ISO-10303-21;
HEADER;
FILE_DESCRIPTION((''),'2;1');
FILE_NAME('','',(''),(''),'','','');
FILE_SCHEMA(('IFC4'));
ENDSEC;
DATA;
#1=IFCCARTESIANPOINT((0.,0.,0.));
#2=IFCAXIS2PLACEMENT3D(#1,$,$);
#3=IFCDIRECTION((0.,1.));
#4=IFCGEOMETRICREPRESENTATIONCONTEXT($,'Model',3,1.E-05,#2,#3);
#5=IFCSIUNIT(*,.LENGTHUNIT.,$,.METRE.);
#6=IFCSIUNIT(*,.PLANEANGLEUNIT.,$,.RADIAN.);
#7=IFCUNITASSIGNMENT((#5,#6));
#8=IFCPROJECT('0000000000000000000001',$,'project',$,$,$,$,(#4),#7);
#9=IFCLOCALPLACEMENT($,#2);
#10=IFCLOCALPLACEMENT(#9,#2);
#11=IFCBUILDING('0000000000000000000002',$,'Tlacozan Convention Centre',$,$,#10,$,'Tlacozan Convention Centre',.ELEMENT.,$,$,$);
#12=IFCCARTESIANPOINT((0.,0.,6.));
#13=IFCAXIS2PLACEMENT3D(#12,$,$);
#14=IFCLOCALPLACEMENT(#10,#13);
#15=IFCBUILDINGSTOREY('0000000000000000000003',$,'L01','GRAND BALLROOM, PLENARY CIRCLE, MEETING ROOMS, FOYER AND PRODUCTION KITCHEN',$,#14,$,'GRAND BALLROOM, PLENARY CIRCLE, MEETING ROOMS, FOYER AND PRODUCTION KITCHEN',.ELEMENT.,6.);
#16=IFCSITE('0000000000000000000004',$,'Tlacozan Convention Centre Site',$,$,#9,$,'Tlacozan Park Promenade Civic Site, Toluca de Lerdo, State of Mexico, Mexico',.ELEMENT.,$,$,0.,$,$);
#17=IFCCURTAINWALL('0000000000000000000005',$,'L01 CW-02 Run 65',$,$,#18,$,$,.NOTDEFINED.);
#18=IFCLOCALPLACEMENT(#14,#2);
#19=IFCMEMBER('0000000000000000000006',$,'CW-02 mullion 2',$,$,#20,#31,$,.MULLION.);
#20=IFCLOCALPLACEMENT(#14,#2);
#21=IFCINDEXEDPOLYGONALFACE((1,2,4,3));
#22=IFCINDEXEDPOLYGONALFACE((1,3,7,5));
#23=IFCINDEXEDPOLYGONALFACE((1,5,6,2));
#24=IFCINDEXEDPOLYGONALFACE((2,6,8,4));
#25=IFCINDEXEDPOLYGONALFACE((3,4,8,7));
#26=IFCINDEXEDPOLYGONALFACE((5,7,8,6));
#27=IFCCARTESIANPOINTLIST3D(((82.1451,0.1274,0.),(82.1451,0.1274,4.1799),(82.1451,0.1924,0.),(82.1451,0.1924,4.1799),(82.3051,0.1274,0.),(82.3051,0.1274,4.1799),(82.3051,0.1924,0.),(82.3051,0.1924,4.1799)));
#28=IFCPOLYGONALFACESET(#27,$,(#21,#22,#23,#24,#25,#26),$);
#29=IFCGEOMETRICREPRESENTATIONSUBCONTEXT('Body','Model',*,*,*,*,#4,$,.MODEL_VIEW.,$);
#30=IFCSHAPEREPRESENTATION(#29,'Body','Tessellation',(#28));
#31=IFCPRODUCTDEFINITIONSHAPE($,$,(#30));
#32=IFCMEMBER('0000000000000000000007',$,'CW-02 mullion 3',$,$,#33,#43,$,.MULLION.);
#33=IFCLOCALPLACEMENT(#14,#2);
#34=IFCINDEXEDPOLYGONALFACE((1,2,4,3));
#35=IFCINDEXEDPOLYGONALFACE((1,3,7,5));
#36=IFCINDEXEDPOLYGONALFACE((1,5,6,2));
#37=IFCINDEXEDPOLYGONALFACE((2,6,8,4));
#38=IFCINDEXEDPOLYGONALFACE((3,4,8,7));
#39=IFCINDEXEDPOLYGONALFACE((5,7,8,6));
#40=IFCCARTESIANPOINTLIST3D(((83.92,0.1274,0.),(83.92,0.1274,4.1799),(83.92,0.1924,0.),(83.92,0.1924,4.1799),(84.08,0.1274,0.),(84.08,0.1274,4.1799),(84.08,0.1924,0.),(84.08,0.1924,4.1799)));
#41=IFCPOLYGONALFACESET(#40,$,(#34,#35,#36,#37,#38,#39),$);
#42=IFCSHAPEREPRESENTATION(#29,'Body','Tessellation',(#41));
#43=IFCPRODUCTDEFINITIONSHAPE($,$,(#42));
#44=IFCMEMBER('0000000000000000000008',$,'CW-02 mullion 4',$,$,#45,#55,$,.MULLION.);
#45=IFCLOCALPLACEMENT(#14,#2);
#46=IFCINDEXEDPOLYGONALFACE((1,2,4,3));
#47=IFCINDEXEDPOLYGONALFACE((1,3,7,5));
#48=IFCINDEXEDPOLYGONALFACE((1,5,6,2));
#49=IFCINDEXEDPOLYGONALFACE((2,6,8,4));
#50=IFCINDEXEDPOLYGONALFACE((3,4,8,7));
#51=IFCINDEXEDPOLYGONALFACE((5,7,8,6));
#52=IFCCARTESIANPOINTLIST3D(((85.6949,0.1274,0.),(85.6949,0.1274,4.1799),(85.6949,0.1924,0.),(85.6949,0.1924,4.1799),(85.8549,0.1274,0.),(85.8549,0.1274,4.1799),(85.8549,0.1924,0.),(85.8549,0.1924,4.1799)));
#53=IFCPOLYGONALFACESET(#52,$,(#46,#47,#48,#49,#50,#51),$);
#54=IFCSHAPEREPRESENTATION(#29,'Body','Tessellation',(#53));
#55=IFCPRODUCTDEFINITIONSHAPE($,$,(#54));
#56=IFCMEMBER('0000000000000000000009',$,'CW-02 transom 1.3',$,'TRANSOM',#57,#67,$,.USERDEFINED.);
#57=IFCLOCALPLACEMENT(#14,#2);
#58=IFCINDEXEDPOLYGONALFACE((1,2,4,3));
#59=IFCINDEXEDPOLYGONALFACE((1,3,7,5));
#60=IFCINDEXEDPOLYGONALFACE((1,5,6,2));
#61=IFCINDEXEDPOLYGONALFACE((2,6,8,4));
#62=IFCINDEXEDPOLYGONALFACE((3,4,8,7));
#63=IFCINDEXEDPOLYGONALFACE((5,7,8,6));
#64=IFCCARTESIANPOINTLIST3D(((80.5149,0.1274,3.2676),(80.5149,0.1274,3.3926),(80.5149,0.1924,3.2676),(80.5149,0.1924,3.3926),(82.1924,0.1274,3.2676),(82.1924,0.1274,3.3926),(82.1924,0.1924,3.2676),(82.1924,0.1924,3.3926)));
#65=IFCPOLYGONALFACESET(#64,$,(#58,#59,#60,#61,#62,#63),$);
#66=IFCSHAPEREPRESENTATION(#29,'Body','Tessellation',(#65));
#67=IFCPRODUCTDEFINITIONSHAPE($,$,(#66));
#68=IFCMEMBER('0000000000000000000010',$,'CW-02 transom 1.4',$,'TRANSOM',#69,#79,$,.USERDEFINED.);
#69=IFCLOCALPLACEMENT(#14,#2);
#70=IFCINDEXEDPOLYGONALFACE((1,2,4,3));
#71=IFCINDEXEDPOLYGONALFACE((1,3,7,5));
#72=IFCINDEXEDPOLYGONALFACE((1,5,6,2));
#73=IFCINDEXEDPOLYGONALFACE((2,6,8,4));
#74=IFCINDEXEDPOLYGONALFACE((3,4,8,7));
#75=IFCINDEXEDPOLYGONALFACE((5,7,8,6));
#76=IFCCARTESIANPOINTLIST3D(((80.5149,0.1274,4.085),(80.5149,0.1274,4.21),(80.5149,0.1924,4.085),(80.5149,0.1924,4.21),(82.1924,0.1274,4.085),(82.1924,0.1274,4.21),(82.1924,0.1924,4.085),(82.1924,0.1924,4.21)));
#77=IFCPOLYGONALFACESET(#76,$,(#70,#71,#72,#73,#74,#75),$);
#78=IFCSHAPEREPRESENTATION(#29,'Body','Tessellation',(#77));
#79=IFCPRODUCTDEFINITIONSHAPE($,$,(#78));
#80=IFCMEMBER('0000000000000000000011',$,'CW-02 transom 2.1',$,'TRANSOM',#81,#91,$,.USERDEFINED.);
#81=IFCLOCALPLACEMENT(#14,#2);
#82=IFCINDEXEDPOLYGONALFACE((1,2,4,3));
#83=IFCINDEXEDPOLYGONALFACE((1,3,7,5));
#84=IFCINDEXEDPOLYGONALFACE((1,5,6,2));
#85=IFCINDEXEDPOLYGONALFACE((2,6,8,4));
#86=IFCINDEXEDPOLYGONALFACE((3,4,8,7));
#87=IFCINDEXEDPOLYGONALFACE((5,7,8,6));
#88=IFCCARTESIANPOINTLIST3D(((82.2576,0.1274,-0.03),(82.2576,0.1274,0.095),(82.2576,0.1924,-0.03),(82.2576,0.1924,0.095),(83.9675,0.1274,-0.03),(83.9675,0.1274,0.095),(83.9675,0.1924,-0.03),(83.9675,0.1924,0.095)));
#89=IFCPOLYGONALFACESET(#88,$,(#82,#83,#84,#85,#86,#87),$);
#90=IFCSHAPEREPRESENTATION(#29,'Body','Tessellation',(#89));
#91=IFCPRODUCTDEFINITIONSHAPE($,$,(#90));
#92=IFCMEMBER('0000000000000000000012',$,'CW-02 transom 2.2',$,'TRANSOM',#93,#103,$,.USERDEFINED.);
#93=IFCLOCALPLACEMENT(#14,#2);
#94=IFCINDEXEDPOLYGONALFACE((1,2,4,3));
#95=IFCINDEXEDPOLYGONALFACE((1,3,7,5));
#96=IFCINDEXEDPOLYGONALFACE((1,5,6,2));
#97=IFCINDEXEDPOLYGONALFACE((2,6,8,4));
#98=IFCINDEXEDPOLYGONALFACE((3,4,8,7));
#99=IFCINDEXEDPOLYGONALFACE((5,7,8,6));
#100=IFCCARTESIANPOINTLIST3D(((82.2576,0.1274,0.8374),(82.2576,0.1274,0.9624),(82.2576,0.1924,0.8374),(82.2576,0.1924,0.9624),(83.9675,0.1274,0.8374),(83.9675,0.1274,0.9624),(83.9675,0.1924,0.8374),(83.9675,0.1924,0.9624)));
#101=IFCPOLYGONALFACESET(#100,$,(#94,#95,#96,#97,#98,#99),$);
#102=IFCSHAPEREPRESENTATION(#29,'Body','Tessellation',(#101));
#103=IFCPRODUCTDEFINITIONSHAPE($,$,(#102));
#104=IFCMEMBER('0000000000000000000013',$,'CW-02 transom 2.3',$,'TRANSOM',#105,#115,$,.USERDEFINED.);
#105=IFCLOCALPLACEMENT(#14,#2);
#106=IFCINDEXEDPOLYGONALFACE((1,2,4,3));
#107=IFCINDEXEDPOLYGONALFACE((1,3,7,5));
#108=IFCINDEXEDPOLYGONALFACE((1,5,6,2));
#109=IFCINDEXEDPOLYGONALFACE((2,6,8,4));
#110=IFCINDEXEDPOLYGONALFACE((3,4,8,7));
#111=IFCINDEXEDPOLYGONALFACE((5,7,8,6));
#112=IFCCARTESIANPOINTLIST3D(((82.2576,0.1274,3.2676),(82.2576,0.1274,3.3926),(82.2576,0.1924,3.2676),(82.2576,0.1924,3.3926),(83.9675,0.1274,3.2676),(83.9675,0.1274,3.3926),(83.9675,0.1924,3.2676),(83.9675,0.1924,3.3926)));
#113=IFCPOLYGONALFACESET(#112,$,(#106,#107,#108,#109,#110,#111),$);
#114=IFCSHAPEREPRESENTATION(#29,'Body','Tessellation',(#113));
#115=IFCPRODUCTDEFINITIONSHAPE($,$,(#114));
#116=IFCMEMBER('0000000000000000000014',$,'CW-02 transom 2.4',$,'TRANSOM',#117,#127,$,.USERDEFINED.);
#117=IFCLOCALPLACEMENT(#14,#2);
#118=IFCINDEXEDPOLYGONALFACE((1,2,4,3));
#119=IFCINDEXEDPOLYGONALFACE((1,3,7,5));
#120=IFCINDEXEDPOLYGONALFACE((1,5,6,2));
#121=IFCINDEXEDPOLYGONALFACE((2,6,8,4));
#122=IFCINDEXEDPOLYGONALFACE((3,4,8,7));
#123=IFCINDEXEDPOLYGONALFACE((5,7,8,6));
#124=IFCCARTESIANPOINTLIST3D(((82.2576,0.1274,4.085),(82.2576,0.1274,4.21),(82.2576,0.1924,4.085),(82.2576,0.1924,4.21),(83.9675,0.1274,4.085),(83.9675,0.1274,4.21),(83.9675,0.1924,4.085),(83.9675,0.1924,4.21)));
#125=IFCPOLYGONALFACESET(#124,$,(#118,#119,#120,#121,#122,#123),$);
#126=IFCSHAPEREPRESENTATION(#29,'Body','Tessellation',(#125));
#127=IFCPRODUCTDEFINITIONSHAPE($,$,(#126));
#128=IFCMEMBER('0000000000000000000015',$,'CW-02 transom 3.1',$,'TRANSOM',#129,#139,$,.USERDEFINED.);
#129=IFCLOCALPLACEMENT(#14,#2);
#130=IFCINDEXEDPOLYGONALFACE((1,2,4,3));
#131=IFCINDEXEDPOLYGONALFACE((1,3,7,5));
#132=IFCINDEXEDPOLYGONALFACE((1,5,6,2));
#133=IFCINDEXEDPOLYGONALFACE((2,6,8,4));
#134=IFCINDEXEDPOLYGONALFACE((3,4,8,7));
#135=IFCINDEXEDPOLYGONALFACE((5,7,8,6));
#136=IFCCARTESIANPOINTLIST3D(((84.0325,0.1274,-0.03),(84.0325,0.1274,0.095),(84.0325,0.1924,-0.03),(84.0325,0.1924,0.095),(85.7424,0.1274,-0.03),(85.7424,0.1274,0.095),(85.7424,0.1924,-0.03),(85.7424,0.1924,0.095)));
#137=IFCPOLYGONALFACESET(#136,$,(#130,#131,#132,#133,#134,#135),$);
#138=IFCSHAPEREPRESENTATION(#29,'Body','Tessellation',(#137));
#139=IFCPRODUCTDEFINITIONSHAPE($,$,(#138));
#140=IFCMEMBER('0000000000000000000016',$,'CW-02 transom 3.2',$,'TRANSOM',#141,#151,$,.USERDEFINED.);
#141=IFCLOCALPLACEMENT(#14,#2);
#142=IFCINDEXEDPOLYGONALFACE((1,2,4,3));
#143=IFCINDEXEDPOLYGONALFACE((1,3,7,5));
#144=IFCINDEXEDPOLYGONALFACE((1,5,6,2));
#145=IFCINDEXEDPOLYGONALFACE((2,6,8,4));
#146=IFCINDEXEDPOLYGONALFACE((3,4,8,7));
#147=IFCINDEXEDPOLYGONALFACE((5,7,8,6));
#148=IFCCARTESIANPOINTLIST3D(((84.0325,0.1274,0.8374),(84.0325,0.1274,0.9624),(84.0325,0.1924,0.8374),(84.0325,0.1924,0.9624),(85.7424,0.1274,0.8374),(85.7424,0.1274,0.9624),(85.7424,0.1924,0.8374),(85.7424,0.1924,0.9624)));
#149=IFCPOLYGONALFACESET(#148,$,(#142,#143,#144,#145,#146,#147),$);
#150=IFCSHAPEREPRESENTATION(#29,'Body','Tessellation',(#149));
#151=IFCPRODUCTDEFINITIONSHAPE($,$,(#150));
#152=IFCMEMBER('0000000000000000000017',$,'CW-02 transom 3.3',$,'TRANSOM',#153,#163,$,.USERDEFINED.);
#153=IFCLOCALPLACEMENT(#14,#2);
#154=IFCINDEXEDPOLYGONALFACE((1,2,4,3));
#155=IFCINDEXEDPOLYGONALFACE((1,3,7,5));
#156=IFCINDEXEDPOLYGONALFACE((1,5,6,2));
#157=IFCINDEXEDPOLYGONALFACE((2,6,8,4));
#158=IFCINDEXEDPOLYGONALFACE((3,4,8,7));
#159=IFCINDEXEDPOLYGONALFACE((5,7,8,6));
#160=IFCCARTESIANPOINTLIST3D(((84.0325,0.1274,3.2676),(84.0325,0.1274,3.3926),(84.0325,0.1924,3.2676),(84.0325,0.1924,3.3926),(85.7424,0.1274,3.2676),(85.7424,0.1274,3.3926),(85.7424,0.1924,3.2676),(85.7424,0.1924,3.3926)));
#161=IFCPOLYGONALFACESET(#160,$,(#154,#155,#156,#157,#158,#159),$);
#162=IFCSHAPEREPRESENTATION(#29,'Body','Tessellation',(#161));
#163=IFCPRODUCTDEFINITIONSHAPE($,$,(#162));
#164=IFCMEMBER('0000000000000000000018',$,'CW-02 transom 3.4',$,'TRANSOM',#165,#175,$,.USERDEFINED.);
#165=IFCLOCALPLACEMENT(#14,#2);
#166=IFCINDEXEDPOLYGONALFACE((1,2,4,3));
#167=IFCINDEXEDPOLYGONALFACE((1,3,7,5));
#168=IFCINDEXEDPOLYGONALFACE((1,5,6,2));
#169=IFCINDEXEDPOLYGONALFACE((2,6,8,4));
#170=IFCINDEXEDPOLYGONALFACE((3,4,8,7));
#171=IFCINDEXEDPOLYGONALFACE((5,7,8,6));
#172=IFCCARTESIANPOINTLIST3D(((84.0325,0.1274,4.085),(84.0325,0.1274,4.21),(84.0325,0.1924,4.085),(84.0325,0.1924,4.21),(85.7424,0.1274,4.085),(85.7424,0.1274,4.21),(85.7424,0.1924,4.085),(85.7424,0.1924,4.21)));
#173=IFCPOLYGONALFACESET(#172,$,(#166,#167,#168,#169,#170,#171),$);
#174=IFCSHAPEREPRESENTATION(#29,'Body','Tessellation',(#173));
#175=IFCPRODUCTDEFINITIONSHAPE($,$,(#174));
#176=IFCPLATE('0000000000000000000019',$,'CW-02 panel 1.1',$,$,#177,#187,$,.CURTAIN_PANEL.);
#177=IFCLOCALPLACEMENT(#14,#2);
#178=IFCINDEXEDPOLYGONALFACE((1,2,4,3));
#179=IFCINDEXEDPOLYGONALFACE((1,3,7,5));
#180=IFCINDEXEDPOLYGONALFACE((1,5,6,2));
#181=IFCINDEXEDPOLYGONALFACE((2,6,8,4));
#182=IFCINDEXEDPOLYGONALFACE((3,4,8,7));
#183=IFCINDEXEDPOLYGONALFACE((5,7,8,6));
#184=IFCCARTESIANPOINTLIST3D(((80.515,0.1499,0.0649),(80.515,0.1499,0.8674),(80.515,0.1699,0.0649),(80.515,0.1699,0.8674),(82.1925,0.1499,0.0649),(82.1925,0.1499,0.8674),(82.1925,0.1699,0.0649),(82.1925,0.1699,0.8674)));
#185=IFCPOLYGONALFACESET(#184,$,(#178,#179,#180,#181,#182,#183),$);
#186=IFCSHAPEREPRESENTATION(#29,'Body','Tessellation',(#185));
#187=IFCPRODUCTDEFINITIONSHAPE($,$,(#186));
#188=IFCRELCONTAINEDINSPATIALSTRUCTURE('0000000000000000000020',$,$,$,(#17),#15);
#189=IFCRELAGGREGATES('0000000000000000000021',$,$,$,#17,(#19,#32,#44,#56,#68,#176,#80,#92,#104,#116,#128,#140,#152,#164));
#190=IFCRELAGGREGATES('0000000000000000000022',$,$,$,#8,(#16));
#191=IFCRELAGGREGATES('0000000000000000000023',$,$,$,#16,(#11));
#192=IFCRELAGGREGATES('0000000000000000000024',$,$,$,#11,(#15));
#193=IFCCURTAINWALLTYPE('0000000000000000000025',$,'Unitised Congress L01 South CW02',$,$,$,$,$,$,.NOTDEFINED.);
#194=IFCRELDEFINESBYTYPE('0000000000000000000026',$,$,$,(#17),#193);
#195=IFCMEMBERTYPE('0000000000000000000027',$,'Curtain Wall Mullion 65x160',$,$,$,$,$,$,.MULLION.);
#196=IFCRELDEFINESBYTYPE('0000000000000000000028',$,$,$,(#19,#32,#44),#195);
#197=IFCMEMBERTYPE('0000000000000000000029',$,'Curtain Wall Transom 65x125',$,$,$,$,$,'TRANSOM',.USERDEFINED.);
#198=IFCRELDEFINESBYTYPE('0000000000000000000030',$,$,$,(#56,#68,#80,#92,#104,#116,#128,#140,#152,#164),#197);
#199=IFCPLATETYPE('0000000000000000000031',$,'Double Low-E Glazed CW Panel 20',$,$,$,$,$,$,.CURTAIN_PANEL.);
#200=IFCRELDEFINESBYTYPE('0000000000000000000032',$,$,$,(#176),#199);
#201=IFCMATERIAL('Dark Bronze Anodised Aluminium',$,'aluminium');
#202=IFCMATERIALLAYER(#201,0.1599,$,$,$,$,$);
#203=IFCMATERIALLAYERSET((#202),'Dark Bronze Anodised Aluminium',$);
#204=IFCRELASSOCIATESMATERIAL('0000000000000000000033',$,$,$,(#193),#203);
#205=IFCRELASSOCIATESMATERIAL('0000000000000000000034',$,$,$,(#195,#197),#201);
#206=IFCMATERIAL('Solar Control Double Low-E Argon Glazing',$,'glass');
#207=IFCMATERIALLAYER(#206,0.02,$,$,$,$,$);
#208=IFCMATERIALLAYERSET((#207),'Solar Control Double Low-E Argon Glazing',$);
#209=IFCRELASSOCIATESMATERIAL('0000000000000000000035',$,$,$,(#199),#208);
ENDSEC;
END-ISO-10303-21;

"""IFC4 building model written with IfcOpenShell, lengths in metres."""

from ifc_helpers import new_model, si_unit, direction, frame, origin, origin_2d, place, context, subcontext, project, spatial, rectangle, extrude, material, layer, layer_set, material_profile, profile_set, type_object, element, aggregate, save


model = new_model("IFC4")

# Units and contexts
model_context = context("Model", 3, precision=1e-05, world=origin(), true_north=direction((0.0, 1.0)))
body_context = subcontext(model_context, "Body", "Model", "MODEL_VIEW")
ifc_project = project(units=[si_unit("LENGTHUNIT", "METRE"), si_unit("PLANEANGLEUNIT", "RADIAN")], contexts=[model_context])

# Site, building, storey
site_placement = place(None, origin())
site = spatial("IfcSite", under=ifc_project, at=site_placement, Name="Tlacozan Convention Centre Site", LongName="Tlacozan Park Promenade Civic Site, Toluca de Lerdo, State of Mexico, Mexico", CompositionType="ELEMENT", RefElevation=0.0)
building_placement = place(site_placement, origin())
building = spatial("IfcBuilding", under=site, at=building_placement, Name="Tlacozan Convention Centre", LongName="Tlacozan Convention Centre", CompositionType="ELEMENT")
storey_placement = place(building_placement, frame((0.0, 0.0, 6.0)))
storey = spatial("IfcBuildingStorey", under=building, at=storey_placement, Name="L01", Description="GRAND BALLROOM, PLENARY CIRCLE, MEETING ROOMS, FOYER AND PRODUCTION KITCHEN", LongName="GRAND BALLROOM, PLENARY CIRCLE, MEETING ROOMS, FOYER AND PRODUCTION KITCHEN", CompositionType="ELEMENT", Elevation=6.0)

# Curtain wall, members, plate
ifc_material_1 = material(Name="Dark Bronze Anodised Aluminium", Category="aluminium")
ifc_layer_1 = layer(ifc_material_1, 0.1599)
ifc_layer_set_1 = layer_set([ifc_layer_1], Name="Dark Bronze Anodised Aluminium")
curtain_wall_type = type_object("IfcCurtainWallType", Name="Unitised Congress L01 South CW02", PredefinedType="NOTDEFINED", material=ifc_layer_set_1)
curtain_wall_placement = place(storey_placement, origin())
curtain_wall = element("IfcCurtainWall", 1, at=curtain_wall_placement, inside=storey, type_object=curtain_wall_type, Name="L01 CW-02 Run 65", PredefinedType="NOTDEFINED")
ifc_material_profile_1 = material_profile(ifc_material_1, rectangle(XDim=0.0649, YDim=0.1599, at=origin_2d()), Name="ALU 65x160")
ifc_profile_set_1 = profile_set([ifc_material_profile_1], Name="Dark Bronze Anodised Aluminium")
member_type_1 = type_object("IfcMemberType", Name="Curtain Wall Mullion 65x160", PredefinedType="MULLION", material=ifc_profile_set_1)
member_1_placement = place(storey_placement, frame((82.2251, 0.1599, 0.0), z_axis=(0.0, 0.0, 1.0), x_axis=(0.0, 1.0, 0.0)))
member_1 = element("IfcMember", 2, at=member_1_placement, type_object=member_type_1, Name="CW-02 mullion 2", PredefinedType="MULLION", context=body_context, shape_type="SweptSolid", body=[
    extrude(rectangle(XDim=0.0649, YDim=0.1599, at=origin_2d()), origin(), (0.0, 0.0, 1.0), 4.1799),
])
member_2_placement = place(storey_placement, frame((84.0, 0.1599, 0.0), z_axis=(0.0, 0.0, 1.0), x_axis=(0.0, 1.0, 0.0)))
member_2 = element("IfcMember", 3, at=member_2_placement, type_object=member_type_1, Name="CW-02 mullion 3", PredefinedType="MULLION", context=body_context, shape_type="SweptSolid", body=[
    extrude(rectangle(XDim=0.0649, YDim=0.1599, at=origin_2d()), origin(), (0.0, 0.0, 1.0), 4.1799),
])
member_3_placement = place(storey_placement, frame((85.7749, 0.1599, 0.0), z_axis=(0.0, 0.0, 1.0), x_axis=(0.0, 1.0, 0.0)))
member_3 = element("IfcMember", 4, at=member_3_placement, type_object=member_type_1, Name="CW-02 mullion 4", PredefinedType="MULLION", context=body_context, shape_type="SweptSolid", body=[
    extrude(rectangle(XDim=0.0649, YDim=0.1599, at=origin_2d()), origin(), (0.0, 0.0, 1.0), 4.1799),
])
ifc_material_profile_2 = material_profile(ifc_material_1, rectangle(XDim=0.0649, YDim=0.125, at=origin_2d()), Name="ALU 65x125")
ifc_profile_set_2 = profile_set([ifc_material_profile_2], Name="Dark Bronze Anodised Aluminium")
member_type_2 = type_object("IfcMemberType", Name="Curtain Wall Transom 65x125", ElementType="TRANSOM", PredefinedType="USERDEFINED", material=ifc_profile_set_2)
member_4_placement = place(storey_placement, frame((80.5149, 0.1599, 3.3301), z_axis=(1.0, 0.0, 0.0), x_axis=(0.0, 1.0, 0.0)))
member_4 = element("IfcMember", 5, at=member_4_placement, type_object=member_type_2, Name="CW-02 transom 1.3", ObjectType="TRANSOM", PredefinedType="USERDEFINED", context=body_context, shape_type="SweptSolid", body=[
    extrude(rectangle(XDim=0.0649, YDim=0.125, at=origin_2d()), origin(), (0.0, 0.0, 1.0), 1.6775),
])
member_5_placement = place(storey_placement, frame((80.5149, 0.1599, 4.1475), z_axis=(1.0, 0.0, 0.0), x_axis=(0.0, 1.0, 0.0)))
member_5 = element("IfcMember", 6, at=member_5_placement, type_object=member_type_2, Name="CW-02 transom 1.4", ObjectType="TRANSOM", PredefinedType="USERDEFINED", context=body_context, shape_type="SweptSolid", body=[
    extrude(rectangle(XDim=0.0649, YDim=0.125, at=origin_2d()), origin(), (0.0, 0.0, 1.0), 1.6775),
])
member_6_placement = place(storey_placement, frame((82.2576, 0.1599, 0.0325), z_axis=(1.0, 0.0, 0.0), x_axis=(0.0, 1.0, 0.0)))
member_6 = element("IfcMember", 7, at=member_6_placement, type_object=member_type_2, Name="CW-02 transom 2.1", ObjectType="TRANSOM", PredefinedType="USERDEFINED", context=body_context, shape_type="SweptSolid", body=[
    extrude(rectangle(XDim=0.0649, YDim=0.125, at=origin_2d()), origin(), (0.0, 0.0, 1.0), 1.71),
])
member_7_placement = place(storey_placement, frame((82.2576, 0.1599, 0.8999), z_axis=(1.0, 0.0, 0.0), x_axis=(0.0, 1.0, 0.0)))
member_7 = element("IfcMember", 8, at=member_7_placement, type_object=member_type_2, Name="CW-02 transom 2.2", ObjectType="TRANSOM", PredefinedType="USERDEFINED", context=body_context, shape_type="SweptSolid", body=[
    extrude(rectangle(XDim=0.0649, YDim=0.125, at=origin_2d()), origin(), (0.0, 0.0, 1.0), 1.71),
])
member_8_placement = place(storey_placement, frame((82.2576, 0.1599, 3.3301), z_axis=(1.0, 0.0, 0.0), x_axis=(0.0, 1.0, 0.0)))
member_8 = element("IfcMember", 9, at=member_8_placement, type_object=member_type_2, Name="CW-02 transom 2.3", ObjectType="TRANSOM", PredefinedType="USERDEFINED", context=body_context, shape_type="SweptSolid", body=[
    extrude(rectangle(XDim=0.0649, YDim=0.125, at=origin_2d()), origin(), (0.0, 0.0, 1.0), 1.71),
])
member_9_placement = place(storey_placement, frame((82.2576, 0.1599, 4.1475), z_axis=(1.0, 0.0, 0.0), x_axis=(0.0, 1.0, 0.0)))
member_9 = element("IfcMember", 10, at=member_9_placement, type_object=member_type_2, Name="CW-02 transom 2.4", ObjectType="TRANSOM", PredefinedType="USERDEFINED", context=body_context, shape_type="SweptSolid", body=[
    extrude(rectangle(XDim=0.0649, YDim=0.125, at=origin_2d()), origin(), (0.0, 0.0, 1.0), 1.71),
])
member_10_placement = place(storey_placement, frame((84.0325, 0.1599, 0.0325), z_axis=(1.0, 0.0, 0.0), x_axis=(0.0, 1.0, 0.0)))
member_10 = element("IfcMember", 11, at=member_10_placement, type_object=member_type_2, Name="CW-02 transom 3.1", ObjectType="TRANSOM", PredefinedType="USERDEFINED", context=body_context, shape_type="SweptSolid", body=[
    extrude(rectangle(XDim=0.0649, YDim=0.125, at=origin_2d()), origin(), (0.0, 0.0, 1.0), 1.71),
])
member_11_placement = place(storey_placement, frame((84.0325, 0.1599, 0.8999), z_axis=(1.0, 0.0, 0.0), x_axis=(0.0, 1.0, 0.0)))
member_11 = element("IfcMember", 12, at=member_11_placement, type_object=member_type_2, Name="CW-02 transom 3.2", ObjectType="TRANSOM", PredefinedType="USERDEFINED", context=body_context, shape_type="SweptSolid", body=[
    extrude(rectangle(XDim=0.0649, YDim=0.125, at=origin_2d()), origin(), (0.0, 0.0, 1.0), 1.71),
])
member_12_placement = place(storey_placement, frame((84.0325, 0.1599, 3.3301), z_axis=(1.0, 0.0, 0.0), x_axis=(0.0, 1.0, 0.0)))
member_12 = element("IfcMember", 13, at=member_12_placement, type_object=member_type_2, Name="CW-02 transom 3.3", ObjectType="TRANSOM", PredefinedType="USERDEFINED", context=body_context, shape_type="SweptSolid", body=[
    extrude(rectangle(XDim=0.0649, YDim=0.125, at=origin_2d()), origin(), (0.0, 0.0, 1.0), 1.71),
])
member_13_placement = place(storey_placement, frame((84.0325, 0.1599, 4.1475), z_axis=(1.0, 0.0, 0.0), x_axis=(0.0, 1.0, 0.0)))
member_13 = element("IfcMember", 14, at=member_13_placement, type_object=member_type_2, Name="CW-02 transom 3.4", ObjectType="TRANSOM", PredefinedType="USERDEFINED", context=body_context, shape_type="SweptSolid", body=[
    extrude(rectangle(XDim=0.0649, YDim=0.125, at=origin_2d()), origin(), (0.0, 0.0, 1.0), 1.71),
])
ifc_material_2 = material(Name="Solar Control Double Low-E Argon Glazing", Category="glass")
ifc_layer_2 = layer(ifc_material_2, 0.02)
ifc_layer_set_2 = layer_set([ifc_layer_2], Name="Solar Control Double Low-E Argon Glazing")
plate_type = type_object("IfcPlateType", Name="Double Low-E Glazed CW Panel 20", PredefinedType="CURTAIN_PANEL", material=ifc_layer_set_2)
plate_1_placement = place(storey_placement, frame((81.3538, 0.1599, 0.0649), z_axis=(0.0, 0.0, 1.0), x_axis=(1.0, 0.0, 0.0)))
plate_1 = element("IfcPlate", 15, at=plate_1_placement, type_object=plate_type, Name="CW-02 panel 1.1", PredefinedType="CURTAIN_PANEL", context=body_context, shape_type="SweptSolid", body=[
    extrude(rectangle(XDim=1.6775, YDim=0.02, at=origin_2d()), origin(), (0.0, 0.0, 1.0), 0.8025),
])
aggregate(curtain_wall, [member_1, member_2, member_3, member_4, member_5, plate_1, member_6, member_7, member_8, member_9, member_10, member_11, member_12, member_13])

save(model, "model.ifc")
